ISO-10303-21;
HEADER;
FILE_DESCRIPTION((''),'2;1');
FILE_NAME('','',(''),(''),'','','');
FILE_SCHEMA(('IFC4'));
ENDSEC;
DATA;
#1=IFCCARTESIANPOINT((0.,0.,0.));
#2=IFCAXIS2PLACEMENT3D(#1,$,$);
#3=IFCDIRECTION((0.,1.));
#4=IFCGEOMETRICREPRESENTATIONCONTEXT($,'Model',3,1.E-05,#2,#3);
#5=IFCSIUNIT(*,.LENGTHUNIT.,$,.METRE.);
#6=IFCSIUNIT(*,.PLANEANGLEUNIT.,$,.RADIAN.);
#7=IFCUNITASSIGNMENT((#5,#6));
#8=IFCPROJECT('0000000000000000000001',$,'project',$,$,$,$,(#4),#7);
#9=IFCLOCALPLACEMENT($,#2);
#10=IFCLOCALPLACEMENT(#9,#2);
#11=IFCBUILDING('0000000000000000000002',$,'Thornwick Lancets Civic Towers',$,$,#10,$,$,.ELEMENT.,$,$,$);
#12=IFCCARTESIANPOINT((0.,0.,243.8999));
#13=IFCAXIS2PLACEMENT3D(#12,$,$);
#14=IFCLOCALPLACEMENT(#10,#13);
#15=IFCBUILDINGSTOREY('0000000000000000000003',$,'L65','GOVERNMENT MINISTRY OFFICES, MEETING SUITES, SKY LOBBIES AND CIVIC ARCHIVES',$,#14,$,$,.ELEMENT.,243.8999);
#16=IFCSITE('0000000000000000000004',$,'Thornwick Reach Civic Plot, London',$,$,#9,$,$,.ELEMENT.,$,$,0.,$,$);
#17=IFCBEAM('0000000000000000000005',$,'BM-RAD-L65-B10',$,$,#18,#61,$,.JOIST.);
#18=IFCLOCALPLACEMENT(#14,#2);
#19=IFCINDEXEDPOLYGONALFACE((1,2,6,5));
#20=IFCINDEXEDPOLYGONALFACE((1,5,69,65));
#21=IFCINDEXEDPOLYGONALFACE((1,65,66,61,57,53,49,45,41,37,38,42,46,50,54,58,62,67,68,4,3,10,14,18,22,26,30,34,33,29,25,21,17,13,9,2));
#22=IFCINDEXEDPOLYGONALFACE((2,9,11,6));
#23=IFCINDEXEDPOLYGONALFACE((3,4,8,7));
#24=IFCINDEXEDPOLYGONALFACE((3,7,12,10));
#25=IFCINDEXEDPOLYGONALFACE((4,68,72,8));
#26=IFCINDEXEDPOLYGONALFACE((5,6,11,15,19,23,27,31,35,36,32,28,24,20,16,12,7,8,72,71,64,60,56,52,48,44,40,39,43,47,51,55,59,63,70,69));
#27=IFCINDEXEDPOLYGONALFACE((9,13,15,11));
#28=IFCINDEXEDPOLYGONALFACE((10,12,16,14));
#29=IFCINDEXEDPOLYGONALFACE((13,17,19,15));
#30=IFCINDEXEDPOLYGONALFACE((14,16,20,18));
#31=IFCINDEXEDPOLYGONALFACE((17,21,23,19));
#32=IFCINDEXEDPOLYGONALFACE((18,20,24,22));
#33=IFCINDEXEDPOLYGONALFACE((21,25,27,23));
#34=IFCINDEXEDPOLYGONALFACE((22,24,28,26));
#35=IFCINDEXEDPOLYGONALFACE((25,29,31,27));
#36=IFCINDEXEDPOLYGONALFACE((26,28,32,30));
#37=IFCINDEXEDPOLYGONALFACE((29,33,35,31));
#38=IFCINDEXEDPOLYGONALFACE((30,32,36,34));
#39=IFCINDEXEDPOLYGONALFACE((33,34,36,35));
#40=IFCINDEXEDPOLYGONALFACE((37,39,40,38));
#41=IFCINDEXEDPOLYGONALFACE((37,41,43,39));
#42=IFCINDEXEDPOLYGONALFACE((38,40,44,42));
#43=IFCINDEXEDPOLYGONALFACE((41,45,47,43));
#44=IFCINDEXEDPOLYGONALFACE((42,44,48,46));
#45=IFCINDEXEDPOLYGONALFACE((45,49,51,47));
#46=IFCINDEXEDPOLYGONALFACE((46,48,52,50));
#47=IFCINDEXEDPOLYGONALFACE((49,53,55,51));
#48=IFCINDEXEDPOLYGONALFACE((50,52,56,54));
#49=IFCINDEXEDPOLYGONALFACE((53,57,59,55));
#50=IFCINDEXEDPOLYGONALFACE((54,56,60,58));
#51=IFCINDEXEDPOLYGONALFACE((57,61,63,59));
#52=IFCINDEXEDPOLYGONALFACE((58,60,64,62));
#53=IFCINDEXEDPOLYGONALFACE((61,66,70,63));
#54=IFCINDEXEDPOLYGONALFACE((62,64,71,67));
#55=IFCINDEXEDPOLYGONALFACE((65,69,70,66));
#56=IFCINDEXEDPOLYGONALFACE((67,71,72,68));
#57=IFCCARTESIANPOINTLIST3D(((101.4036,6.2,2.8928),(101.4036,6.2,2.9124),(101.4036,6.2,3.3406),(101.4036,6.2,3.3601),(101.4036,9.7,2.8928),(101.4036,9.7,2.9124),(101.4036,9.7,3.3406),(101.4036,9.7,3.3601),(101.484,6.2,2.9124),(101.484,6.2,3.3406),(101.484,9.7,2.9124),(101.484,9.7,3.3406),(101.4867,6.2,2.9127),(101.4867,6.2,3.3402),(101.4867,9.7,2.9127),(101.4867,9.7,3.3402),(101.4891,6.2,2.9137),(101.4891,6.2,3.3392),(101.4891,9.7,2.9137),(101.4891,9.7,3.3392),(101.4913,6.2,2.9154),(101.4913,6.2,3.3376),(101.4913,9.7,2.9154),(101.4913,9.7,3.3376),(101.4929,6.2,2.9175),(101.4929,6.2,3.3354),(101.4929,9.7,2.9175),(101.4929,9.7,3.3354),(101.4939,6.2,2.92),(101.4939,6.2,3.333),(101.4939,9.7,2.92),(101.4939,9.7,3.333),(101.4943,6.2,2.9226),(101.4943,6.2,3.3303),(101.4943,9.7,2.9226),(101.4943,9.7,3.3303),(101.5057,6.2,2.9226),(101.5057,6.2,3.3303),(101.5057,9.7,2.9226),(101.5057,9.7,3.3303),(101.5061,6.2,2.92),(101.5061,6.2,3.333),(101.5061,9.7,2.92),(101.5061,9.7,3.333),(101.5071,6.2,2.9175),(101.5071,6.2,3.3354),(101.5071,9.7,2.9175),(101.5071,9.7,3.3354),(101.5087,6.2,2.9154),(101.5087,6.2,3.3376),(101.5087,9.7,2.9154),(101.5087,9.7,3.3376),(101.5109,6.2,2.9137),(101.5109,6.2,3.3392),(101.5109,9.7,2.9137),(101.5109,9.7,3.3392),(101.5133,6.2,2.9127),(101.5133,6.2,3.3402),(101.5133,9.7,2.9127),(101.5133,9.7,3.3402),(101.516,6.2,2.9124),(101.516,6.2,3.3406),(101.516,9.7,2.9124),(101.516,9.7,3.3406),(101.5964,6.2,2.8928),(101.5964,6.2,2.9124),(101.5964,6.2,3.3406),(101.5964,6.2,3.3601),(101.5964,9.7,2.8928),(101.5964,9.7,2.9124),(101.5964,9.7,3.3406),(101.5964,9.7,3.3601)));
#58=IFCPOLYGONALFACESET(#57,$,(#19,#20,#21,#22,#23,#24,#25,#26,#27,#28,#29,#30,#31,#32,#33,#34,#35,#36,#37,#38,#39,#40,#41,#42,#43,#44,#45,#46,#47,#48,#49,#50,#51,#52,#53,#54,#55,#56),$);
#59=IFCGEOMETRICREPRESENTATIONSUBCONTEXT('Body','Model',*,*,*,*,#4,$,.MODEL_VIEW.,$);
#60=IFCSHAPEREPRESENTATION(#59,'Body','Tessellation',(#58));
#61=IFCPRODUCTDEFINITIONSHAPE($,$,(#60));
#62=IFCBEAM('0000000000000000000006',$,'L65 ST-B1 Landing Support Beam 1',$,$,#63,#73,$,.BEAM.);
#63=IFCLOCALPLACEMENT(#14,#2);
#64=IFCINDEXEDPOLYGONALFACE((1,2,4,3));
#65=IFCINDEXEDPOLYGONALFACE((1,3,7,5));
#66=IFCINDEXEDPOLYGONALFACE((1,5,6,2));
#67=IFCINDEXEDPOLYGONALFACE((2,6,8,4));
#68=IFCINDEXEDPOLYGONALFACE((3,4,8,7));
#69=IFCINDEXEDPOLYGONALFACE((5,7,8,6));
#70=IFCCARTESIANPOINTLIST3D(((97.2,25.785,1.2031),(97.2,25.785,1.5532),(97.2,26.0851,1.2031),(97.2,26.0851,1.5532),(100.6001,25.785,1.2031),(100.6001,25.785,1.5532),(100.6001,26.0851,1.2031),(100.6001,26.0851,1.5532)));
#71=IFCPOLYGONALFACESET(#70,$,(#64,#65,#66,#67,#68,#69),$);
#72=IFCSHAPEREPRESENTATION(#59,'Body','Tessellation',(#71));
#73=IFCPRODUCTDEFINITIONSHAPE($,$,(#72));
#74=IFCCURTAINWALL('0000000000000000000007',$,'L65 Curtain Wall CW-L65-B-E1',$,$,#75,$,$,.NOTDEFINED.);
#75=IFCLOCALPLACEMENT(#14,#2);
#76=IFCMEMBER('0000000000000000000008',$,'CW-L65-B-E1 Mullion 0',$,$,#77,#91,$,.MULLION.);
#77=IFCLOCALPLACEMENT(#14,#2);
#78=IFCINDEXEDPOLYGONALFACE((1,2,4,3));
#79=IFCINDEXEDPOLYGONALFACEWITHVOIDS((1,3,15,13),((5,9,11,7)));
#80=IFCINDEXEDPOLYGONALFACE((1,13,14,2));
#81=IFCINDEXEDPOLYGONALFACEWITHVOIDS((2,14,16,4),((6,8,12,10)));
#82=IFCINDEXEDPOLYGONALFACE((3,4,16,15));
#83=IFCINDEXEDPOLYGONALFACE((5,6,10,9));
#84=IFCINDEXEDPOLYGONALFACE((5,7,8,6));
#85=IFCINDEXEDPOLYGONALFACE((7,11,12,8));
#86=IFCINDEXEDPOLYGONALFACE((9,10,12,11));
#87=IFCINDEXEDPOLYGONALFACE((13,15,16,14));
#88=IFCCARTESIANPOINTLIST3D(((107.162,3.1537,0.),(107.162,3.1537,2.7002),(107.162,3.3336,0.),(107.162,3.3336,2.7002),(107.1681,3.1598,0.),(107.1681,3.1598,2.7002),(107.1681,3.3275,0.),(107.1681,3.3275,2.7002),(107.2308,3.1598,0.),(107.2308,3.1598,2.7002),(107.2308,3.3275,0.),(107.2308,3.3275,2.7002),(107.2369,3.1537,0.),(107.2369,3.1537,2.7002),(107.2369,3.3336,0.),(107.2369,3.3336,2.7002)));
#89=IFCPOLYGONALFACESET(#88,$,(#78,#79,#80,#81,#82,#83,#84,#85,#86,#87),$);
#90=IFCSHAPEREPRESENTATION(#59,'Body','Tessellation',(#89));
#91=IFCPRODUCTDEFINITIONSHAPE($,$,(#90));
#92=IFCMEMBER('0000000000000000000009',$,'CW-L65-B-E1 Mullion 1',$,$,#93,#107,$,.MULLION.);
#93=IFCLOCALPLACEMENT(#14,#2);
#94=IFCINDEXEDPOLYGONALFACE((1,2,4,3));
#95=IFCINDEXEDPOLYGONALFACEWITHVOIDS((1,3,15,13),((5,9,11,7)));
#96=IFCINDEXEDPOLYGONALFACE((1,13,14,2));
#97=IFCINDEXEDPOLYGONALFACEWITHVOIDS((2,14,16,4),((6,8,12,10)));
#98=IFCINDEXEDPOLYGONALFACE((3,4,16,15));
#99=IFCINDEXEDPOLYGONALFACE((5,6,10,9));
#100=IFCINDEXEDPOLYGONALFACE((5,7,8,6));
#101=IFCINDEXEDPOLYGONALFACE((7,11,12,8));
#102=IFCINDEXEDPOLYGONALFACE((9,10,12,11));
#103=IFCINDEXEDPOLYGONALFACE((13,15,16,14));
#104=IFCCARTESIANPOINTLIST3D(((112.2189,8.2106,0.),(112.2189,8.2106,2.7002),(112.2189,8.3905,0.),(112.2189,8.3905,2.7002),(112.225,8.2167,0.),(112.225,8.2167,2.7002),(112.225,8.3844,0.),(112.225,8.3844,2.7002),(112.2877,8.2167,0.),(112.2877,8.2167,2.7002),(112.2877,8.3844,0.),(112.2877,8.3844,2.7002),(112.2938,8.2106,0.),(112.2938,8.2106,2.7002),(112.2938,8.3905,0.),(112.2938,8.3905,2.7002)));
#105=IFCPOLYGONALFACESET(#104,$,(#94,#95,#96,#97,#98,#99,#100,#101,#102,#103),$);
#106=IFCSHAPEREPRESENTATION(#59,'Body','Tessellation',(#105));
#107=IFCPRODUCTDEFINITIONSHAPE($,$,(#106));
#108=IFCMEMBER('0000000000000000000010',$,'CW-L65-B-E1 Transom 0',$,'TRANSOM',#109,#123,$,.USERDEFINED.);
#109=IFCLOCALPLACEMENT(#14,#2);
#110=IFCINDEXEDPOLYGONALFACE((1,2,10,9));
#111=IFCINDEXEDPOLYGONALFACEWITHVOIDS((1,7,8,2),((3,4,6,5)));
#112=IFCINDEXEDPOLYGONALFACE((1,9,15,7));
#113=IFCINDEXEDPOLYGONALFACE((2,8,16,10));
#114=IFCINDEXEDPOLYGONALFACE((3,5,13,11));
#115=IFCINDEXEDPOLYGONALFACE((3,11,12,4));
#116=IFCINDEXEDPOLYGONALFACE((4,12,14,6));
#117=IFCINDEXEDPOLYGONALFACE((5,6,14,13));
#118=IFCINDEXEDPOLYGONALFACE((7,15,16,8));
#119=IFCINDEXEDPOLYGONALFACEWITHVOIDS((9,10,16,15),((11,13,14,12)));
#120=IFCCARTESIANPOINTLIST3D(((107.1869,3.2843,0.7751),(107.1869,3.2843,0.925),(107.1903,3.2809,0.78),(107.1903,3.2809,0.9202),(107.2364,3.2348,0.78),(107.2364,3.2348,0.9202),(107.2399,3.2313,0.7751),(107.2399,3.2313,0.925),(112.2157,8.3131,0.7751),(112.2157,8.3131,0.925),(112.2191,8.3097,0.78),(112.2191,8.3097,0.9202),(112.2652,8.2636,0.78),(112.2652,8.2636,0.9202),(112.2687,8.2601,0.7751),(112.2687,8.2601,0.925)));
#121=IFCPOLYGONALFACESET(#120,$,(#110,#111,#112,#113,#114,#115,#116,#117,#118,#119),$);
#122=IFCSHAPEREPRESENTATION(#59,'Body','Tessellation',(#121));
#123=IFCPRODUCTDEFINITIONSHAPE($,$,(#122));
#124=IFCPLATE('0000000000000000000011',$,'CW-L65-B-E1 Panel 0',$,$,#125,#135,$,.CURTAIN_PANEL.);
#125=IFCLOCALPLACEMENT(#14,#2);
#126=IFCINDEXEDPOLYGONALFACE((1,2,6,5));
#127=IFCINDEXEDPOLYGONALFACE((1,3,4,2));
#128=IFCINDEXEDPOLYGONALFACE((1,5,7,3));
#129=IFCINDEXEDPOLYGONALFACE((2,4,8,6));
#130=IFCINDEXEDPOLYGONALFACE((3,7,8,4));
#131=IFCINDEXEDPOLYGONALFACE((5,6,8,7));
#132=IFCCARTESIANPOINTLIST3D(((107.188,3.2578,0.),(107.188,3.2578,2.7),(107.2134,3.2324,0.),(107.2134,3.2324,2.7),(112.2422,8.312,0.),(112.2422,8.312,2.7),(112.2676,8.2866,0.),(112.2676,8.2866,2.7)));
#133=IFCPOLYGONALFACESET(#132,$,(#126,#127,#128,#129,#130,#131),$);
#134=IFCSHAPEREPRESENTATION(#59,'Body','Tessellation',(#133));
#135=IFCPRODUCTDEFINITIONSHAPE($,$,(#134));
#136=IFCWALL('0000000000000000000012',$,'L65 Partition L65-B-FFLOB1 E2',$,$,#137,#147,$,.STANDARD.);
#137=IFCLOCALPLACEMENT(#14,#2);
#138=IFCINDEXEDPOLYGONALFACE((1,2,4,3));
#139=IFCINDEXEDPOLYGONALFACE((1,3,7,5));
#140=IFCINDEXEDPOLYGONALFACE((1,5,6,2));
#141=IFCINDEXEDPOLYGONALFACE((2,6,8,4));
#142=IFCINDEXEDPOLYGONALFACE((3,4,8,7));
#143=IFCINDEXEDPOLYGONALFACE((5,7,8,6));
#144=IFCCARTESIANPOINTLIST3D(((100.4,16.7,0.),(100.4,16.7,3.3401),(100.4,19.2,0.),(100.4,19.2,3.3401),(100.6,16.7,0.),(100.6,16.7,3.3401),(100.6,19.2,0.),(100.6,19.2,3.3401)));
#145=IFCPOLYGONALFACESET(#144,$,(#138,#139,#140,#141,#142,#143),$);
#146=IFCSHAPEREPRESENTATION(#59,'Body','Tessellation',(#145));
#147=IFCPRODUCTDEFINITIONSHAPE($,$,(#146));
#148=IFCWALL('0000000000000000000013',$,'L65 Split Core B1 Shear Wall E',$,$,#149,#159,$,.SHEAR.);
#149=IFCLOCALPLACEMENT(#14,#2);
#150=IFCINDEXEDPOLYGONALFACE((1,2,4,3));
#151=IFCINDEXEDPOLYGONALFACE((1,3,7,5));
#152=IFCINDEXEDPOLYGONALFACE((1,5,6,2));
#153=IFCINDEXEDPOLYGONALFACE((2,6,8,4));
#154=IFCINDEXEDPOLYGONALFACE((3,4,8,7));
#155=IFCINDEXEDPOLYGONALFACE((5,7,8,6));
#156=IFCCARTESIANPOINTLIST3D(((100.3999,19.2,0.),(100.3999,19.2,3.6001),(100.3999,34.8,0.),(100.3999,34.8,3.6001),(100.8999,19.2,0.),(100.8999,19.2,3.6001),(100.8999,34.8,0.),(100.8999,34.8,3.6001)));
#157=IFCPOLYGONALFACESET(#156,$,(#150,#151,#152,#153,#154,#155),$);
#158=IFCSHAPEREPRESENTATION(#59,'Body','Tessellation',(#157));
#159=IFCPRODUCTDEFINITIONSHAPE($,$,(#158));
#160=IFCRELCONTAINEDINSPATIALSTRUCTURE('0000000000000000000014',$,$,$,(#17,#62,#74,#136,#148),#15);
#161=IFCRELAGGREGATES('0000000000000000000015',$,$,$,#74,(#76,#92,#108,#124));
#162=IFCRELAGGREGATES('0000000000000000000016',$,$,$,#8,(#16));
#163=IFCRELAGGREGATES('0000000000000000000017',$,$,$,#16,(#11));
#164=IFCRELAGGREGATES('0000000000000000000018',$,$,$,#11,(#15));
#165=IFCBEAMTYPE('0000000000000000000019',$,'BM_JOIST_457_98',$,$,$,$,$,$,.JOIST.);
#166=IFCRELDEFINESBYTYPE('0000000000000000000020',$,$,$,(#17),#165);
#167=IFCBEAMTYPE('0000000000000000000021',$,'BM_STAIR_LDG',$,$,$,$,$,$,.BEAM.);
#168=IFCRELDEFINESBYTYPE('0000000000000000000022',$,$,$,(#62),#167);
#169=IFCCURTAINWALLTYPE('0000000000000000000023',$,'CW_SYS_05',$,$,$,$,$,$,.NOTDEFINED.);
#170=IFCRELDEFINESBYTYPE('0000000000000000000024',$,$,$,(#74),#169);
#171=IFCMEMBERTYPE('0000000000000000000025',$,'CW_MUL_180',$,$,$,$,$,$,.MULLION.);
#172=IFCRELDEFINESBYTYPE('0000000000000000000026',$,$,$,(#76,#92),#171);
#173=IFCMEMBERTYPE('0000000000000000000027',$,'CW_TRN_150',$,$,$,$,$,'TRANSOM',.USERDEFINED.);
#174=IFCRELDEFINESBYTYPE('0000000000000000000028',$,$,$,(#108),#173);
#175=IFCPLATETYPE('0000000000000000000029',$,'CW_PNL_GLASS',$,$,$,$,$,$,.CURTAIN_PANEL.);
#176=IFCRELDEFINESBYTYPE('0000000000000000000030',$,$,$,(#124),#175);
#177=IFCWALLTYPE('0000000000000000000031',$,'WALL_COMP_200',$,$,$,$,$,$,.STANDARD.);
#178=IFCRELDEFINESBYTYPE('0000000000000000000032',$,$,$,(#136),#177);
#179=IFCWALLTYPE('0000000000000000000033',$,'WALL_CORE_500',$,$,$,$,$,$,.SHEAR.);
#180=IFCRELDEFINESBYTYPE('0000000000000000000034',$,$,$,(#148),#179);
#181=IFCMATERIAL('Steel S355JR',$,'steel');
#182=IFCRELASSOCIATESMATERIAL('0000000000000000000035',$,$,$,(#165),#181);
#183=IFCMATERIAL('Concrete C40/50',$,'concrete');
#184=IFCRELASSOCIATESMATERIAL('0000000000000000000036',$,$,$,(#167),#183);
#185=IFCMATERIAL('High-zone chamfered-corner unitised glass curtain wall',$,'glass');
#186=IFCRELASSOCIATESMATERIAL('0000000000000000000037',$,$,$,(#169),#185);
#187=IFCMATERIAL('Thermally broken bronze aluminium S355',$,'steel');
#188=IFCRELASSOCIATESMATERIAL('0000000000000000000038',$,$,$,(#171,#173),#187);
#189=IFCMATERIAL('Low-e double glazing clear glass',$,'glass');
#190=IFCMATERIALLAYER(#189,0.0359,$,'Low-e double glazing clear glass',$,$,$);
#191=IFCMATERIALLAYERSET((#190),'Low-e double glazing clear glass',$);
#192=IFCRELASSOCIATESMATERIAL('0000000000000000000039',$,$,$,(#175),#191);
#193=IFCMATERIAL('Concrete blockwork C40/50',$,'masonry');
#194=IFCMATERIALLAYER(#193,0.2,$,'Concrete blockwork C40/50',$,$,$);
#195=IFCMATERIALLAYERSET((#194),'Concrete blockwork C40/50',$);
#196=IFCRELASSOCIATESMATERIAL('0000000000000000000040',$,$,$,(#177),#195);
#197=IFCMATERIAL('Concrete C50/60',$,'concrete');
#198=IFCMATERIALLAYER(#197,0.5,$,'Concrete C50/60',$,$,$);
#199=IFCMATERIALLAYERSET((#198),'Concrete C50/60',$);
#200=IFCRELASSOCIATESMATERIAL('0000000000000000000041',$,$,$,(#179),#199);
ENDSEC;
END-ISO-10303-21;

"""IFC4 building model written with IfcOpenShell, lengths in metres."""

from ifc_helpers import new_model, si_unit, direction, frame, frame_2d, origin, origin_2d, place, context, subcontext, project, spatial, rectangle, hollow_rectangle, i_section, extrude, material, layer, layer_set, material_profile, profile_set, type_object, element, aggregate, save


model = new_model("IFC4")

# Units and contexts
model_context = context("Model", 3, precision=1e-05, world=origin(), true_north=direction((0.0, 1.0)))
body_context = subcontext(model_context, "Body", "Model", "MODEL_VIEW")
ifc_project = project(units=[si_unit("LENGTHUNIT", "METRE"), si_unit("PLANEANGLEUNIT", "RADIAN")], contexts=[model_context])

# Site, building, storey
site_placement = place(None, origin())
site = spatial("IfcSite", under=ifc_project, at=site_placement, Name="Thornwick Reach Civic Plot, London", CompositionType="ELEMENT", RefElevation=0.0)
building_placement = place(site_placement, origin())
building = spatial("IfcBuilding", under=site, at=building_placement, Name="Thornwick Lancets Civic Towers", CompositionType="ELEMENT")
storey_placement = place(building_placement, frame((0.0, 0.0, 243.8999)))
storey = spatial("IfcBuildingStorey", under=building, at=storey_placement, Name="L65", Description="GOVERNMENT MINISTRY OFFICES, MEETING SUITES, SKY LOBBIES AND CIVIC ARCHIVES", CompositionType="ELEMENT", Elevation=243.8999)

# Shared definitions
ifc_material_1 = material(Name="Concrete C50/60", Category="concrete")
ifc_material_2 = material(Name="Steel S355JR", Category="steel")

# Beams
ifc_material_profile_1 = material_profile(ifc_material_2, i_section(OverallWidth=0.1929, OverallDepth=0.4673, WebThickness=0.0115, FlangeThickness=0.0195, FilletRadius=0.0103, at=origin_2d()), Name="UKB 457x191x98")
ifc_profile_set_1 = profile_set([ifc_material_profile_1], Name="Steel S355JR")
beam_type_1 = type_object("IfcBeamType", Name="BM_JOIST_457_98", PredefinedType="JOIST", material=ifc_profile_set_1)
for number, where, z_axis, x_axis, name in (
    (1, (101.5, 9.7, 3.1265), (0.0, -1.0, 0.0), (1.0, 0.0, 0.0), "BM-RAD-L65-B10"),
):
    element("IfcBeam", number, at=place(storey_placement, frame(where, z_axis=z_axis, x_axis=x_axis)), inside=storey, type_object=beam_type_1, Name=name, PredefinedType="JOIST", context=body_context, shape_type="SweptSolid", body=[
        extrude(i_section(OverallWidth=0.1929, OverallDepth=0.4673, WebThickness=0.0115, FlangeThickness=0.0195, FilletRadius=0.0103, at=origin_2d()), origin(), (0.0, 0.0, 1.0), 3.5),
    ])
ifc_material_3 = material(Name="Concrete C40/50", Category="concrete")
ifc_material_profile_2 = material_profile(ifc_material_3, rectangle(XDim=0.3, YDim=0.3501, at=origin_2d()), Name="RC 300x350")
ifc_profile_set_2 = profile_set([ifc_material_profile_2], Name="Concrete C40/50")
beam_type_2 = type_object("IfcBeamType", Name="BM_STAIR_LDG", PredefinedType="BEAM", material=ifc_profile_set_2)
beam_placement = place(storey_placement, frame((100.6001, 25.9351, 1.3782), z_axis=(-1.0, 0.0, 0.0), x_axis=(0.0, -1.0, 0.0)))
element("IfcBeam", 2, at=beam_placement, inside=storey, type_object=beam_type_2, Name="L65 ST-B1 Landing Support Beam 1", PredefinedType="BEAM", context=body_context, shape_type="SweptSolid", body=[
    extrude(rectangle(XDim=0.3, YDim=0.3501, at=origin_2d()), origin(), (0.0, 0.0, 1.0), 3.4001),
])

# Curtain wall, members, plate
ifc_material_4 = material(Name="High-zone chamfered-corner unitised glass curtain wall", Category="glass")
curtain_wall_type = type_object("IfcCurtainWallType", Name="CW_SYS_05", PredefinedType="NOTDEFINED", material=ifc_material_4)
curtain_wall_placement = place(storey_placement, origin())
curtain_wall = element("IfcCurtainWall", 3, at=curtain_wall_placement, inside=storey, type_object=curtain_wall_type, Name="L65 Curtain Wall CW-L65-B-E1", PredefinedType="NOTDEFINED")
ifc_material_5 = material(Name="Thermally broken bronze aluminium S355", Category="steel")
ifc_material_profile_3 = material_profile(ifc_material_5, hollow_rectangle(XDim=0.075, YDim=0.1799, WallThickness=0.0061, at=origin_2d()), Name="RHS 180x75x6")
ifc_profile_set_3 = profile_set([ifc_material_profile_3], Name="Thermally broken bronze aluminium S355")
member_type_1 = type_object("IfcMemberType", Name="CW_MUL_180", PredefinedType="MULLION", material=ifc_profile_set_3)
member_1_placement = place(storey_placement, frame((107.1995, 3.2437, 0.0), z_axis=(0.0, 0.0, 1.0), x_axis=(1.0, 0.0, 0.0)))
member_1 = element("IfcMember", 4, at=member_1_placement, type_object=member_type_1, Name="CW-L65-B-E1 Mullion 0", PredefinedType="MULLION", context=body_context, shape_type="SweptSolid", body=[
    extrude(hollow_rectangle(XDim=0.075, YDim=0.1799, WallThickness=0.0061, at=origin_2d()), origin(), (0.0, 0.0, 1.0), 2.7002),
])
member_2_placement = place(storey_placement, frame((112.2563, 8.3005, 0.0), z_axis=(0.0, 0.0, 1.0), x_axis=(1.0, 0.0, 0.0)))
member_2 = element("IfcMember", 5, at=member_2_placement, type_object=member_type_1, Name="CW-L65-B-E1 Mullion 1", PredefinedType="MULLION", context=body_context, shape_type="SweptSolid", body=[
    extrude(hollow_rectangle(XDim=0.075, YDim=0.1799, WallThickness=0.0061, at=origin_2d()), origin(), (0.0, 0.0, 1.0), 2.7002),
])
ifc_material_profile_4 = material_profile(ifc_material_5, hollow_rectangle(XDim=0.075, YDim=0.1499, WallThickness=0.0049, at=origin_2d()), Name="RHS 150x75x5")
ifc_profile_set_4 = profile_set([ifc_material_profile_4], Name="Thermally broken bronze aluminium S355")
member_type_2 = type_object("IfcMemberType", Name="CW_TRN_150", ElementType="TRANSOM", PredefinedType="USERDEFINED", material=ifc_profile_set_4)
member_3_placement = place(storey_placement, frame((107.2134, 3.2578, 0.8501), z_axis=(0.707107, 0.707107, 0.0), x_axis=(-0.707107, 0.707107, 0.0)))
member_3 = element("IfcMember", 6, at=member_3_placement, type_object=member_type_2, Name="CW-L65-B-E1 Transom 0", ObjectType="TRANSOM", PredefinedType="USERDEFINED", context=body_context, shape_type="SweptSolid", body=[
    extrude(hollow_rectangle(XDim=0.075, YDim=0.1499, WallThickness=0.0049, at=origin_2d()), origin(), (0.0, 0.0, 1.0), 7.1118),
])
ifc_material_6 = material(Name="Low-e double glazing clear glass", Category="glass")
ifc_layer_1 = layer(ifc_material_6, 0.0359, Name="Low-e double glazing clear glass")
ifc_layer_set_1 = layer_set([ifc_layer_1], Name="Low-e double glazing clear glass")
plate_type = type_object("IfcPlateType", Name="CW_PNL_GLASS", PredefinedType="CURTAIN_PANEL", material=ifc_layer_set_1)
plate_placement = place(storey_placement, frame((109.7278, 5.7722, 0.0), z_axis=(0.0, 0.0, 1.0), x_axis=(0.707107, 0.707107, 0.0)))
plate = element("IfcPlate", 7, at=plate_placement, type_object=plate_type, Name="CW-L65-B-E1 Panel 0", PredefinedType="CURTAIN_PANEL", context=body_context, shape_type="SweptSolid", body=[
    extrude(rectangle(XDim=7.1477, YDim=0.0359, at=origin_2d()), origin(), (0.0, 0.0, 1.0), 2.7),
])
aggregate(curtain_wall, [member_1, member_2, member_3, plate])

# Walls
ifc_material_7 = material(Name="Concrete blockwork C40/50", Category="masonry")
ifc_layer_2 = layer(ifc_material_7, 0.2, Name="Concrete blockwork C40/50")
ifc_layer_set_2 = layer_set([ifc_layer_2], Name="Concrete blockwork C40/50")
wall_type_1 = type_object("IfcWallType", Name="WALL_COMP_200", PredefinedType="STANDARD", material=ifc_layer_set_2)
wall_1_placement = place(storey_placement, frame((100.5, 16.7, 0.0), z_axis=(0.0, 0.0, 1.0), x_axis=(0.0, 1.0, 0.0)))
element("IfcWall", 8, at=wall_1_placement, inside=storey, type_object=wall_type_1, Name="L65 Partition L65-B-FFLOB1 E2", PredefinedType="STANDARD", context=body_context, shape_type="SweptSolid", body=[
    extrude(rectangle(XDim=2.5, YDim=0.2, at=frame_2d((1.25, 0.0))), origin(), (0.0, 0.0, 1.0), 3.3401),
])
ifc_layer_3 = layer(ifc_material_1, 0.5, Name="Concrete C50/60")
ifc_layer_set_3 = layer_set([ifc_layer_3], Name="Concrete C50/60")
wall_type_2 = type_object("IfcWallType", Name="WALL_CORE_500", PredefinedType="SHEAR", material=ifc_layer_set_3)
wall_2_placement = place(storey_placement, frame((100.6499, 19.2, 0.0), z_axis=(0.0, 0.0, 1.0), x_axis=(0.0, 1.0, 0.0)))
element("IfcWall", 9, at=wall_2_placement, inside=storey, type_object=wall_type_2, Name="L65 Split Core B1 Shear Wall E", PredefinedType="SHEAR", context=body_context, shape_type="SweptSolid", body=[
    extrude(rectangle(XDim=15.6001, YDim=0.5, at=frame_2d((7.8, 0.0))), origin(), (0.0, 0.0, 1.0), 3.6001),
])

save(model, "model.ifc")
